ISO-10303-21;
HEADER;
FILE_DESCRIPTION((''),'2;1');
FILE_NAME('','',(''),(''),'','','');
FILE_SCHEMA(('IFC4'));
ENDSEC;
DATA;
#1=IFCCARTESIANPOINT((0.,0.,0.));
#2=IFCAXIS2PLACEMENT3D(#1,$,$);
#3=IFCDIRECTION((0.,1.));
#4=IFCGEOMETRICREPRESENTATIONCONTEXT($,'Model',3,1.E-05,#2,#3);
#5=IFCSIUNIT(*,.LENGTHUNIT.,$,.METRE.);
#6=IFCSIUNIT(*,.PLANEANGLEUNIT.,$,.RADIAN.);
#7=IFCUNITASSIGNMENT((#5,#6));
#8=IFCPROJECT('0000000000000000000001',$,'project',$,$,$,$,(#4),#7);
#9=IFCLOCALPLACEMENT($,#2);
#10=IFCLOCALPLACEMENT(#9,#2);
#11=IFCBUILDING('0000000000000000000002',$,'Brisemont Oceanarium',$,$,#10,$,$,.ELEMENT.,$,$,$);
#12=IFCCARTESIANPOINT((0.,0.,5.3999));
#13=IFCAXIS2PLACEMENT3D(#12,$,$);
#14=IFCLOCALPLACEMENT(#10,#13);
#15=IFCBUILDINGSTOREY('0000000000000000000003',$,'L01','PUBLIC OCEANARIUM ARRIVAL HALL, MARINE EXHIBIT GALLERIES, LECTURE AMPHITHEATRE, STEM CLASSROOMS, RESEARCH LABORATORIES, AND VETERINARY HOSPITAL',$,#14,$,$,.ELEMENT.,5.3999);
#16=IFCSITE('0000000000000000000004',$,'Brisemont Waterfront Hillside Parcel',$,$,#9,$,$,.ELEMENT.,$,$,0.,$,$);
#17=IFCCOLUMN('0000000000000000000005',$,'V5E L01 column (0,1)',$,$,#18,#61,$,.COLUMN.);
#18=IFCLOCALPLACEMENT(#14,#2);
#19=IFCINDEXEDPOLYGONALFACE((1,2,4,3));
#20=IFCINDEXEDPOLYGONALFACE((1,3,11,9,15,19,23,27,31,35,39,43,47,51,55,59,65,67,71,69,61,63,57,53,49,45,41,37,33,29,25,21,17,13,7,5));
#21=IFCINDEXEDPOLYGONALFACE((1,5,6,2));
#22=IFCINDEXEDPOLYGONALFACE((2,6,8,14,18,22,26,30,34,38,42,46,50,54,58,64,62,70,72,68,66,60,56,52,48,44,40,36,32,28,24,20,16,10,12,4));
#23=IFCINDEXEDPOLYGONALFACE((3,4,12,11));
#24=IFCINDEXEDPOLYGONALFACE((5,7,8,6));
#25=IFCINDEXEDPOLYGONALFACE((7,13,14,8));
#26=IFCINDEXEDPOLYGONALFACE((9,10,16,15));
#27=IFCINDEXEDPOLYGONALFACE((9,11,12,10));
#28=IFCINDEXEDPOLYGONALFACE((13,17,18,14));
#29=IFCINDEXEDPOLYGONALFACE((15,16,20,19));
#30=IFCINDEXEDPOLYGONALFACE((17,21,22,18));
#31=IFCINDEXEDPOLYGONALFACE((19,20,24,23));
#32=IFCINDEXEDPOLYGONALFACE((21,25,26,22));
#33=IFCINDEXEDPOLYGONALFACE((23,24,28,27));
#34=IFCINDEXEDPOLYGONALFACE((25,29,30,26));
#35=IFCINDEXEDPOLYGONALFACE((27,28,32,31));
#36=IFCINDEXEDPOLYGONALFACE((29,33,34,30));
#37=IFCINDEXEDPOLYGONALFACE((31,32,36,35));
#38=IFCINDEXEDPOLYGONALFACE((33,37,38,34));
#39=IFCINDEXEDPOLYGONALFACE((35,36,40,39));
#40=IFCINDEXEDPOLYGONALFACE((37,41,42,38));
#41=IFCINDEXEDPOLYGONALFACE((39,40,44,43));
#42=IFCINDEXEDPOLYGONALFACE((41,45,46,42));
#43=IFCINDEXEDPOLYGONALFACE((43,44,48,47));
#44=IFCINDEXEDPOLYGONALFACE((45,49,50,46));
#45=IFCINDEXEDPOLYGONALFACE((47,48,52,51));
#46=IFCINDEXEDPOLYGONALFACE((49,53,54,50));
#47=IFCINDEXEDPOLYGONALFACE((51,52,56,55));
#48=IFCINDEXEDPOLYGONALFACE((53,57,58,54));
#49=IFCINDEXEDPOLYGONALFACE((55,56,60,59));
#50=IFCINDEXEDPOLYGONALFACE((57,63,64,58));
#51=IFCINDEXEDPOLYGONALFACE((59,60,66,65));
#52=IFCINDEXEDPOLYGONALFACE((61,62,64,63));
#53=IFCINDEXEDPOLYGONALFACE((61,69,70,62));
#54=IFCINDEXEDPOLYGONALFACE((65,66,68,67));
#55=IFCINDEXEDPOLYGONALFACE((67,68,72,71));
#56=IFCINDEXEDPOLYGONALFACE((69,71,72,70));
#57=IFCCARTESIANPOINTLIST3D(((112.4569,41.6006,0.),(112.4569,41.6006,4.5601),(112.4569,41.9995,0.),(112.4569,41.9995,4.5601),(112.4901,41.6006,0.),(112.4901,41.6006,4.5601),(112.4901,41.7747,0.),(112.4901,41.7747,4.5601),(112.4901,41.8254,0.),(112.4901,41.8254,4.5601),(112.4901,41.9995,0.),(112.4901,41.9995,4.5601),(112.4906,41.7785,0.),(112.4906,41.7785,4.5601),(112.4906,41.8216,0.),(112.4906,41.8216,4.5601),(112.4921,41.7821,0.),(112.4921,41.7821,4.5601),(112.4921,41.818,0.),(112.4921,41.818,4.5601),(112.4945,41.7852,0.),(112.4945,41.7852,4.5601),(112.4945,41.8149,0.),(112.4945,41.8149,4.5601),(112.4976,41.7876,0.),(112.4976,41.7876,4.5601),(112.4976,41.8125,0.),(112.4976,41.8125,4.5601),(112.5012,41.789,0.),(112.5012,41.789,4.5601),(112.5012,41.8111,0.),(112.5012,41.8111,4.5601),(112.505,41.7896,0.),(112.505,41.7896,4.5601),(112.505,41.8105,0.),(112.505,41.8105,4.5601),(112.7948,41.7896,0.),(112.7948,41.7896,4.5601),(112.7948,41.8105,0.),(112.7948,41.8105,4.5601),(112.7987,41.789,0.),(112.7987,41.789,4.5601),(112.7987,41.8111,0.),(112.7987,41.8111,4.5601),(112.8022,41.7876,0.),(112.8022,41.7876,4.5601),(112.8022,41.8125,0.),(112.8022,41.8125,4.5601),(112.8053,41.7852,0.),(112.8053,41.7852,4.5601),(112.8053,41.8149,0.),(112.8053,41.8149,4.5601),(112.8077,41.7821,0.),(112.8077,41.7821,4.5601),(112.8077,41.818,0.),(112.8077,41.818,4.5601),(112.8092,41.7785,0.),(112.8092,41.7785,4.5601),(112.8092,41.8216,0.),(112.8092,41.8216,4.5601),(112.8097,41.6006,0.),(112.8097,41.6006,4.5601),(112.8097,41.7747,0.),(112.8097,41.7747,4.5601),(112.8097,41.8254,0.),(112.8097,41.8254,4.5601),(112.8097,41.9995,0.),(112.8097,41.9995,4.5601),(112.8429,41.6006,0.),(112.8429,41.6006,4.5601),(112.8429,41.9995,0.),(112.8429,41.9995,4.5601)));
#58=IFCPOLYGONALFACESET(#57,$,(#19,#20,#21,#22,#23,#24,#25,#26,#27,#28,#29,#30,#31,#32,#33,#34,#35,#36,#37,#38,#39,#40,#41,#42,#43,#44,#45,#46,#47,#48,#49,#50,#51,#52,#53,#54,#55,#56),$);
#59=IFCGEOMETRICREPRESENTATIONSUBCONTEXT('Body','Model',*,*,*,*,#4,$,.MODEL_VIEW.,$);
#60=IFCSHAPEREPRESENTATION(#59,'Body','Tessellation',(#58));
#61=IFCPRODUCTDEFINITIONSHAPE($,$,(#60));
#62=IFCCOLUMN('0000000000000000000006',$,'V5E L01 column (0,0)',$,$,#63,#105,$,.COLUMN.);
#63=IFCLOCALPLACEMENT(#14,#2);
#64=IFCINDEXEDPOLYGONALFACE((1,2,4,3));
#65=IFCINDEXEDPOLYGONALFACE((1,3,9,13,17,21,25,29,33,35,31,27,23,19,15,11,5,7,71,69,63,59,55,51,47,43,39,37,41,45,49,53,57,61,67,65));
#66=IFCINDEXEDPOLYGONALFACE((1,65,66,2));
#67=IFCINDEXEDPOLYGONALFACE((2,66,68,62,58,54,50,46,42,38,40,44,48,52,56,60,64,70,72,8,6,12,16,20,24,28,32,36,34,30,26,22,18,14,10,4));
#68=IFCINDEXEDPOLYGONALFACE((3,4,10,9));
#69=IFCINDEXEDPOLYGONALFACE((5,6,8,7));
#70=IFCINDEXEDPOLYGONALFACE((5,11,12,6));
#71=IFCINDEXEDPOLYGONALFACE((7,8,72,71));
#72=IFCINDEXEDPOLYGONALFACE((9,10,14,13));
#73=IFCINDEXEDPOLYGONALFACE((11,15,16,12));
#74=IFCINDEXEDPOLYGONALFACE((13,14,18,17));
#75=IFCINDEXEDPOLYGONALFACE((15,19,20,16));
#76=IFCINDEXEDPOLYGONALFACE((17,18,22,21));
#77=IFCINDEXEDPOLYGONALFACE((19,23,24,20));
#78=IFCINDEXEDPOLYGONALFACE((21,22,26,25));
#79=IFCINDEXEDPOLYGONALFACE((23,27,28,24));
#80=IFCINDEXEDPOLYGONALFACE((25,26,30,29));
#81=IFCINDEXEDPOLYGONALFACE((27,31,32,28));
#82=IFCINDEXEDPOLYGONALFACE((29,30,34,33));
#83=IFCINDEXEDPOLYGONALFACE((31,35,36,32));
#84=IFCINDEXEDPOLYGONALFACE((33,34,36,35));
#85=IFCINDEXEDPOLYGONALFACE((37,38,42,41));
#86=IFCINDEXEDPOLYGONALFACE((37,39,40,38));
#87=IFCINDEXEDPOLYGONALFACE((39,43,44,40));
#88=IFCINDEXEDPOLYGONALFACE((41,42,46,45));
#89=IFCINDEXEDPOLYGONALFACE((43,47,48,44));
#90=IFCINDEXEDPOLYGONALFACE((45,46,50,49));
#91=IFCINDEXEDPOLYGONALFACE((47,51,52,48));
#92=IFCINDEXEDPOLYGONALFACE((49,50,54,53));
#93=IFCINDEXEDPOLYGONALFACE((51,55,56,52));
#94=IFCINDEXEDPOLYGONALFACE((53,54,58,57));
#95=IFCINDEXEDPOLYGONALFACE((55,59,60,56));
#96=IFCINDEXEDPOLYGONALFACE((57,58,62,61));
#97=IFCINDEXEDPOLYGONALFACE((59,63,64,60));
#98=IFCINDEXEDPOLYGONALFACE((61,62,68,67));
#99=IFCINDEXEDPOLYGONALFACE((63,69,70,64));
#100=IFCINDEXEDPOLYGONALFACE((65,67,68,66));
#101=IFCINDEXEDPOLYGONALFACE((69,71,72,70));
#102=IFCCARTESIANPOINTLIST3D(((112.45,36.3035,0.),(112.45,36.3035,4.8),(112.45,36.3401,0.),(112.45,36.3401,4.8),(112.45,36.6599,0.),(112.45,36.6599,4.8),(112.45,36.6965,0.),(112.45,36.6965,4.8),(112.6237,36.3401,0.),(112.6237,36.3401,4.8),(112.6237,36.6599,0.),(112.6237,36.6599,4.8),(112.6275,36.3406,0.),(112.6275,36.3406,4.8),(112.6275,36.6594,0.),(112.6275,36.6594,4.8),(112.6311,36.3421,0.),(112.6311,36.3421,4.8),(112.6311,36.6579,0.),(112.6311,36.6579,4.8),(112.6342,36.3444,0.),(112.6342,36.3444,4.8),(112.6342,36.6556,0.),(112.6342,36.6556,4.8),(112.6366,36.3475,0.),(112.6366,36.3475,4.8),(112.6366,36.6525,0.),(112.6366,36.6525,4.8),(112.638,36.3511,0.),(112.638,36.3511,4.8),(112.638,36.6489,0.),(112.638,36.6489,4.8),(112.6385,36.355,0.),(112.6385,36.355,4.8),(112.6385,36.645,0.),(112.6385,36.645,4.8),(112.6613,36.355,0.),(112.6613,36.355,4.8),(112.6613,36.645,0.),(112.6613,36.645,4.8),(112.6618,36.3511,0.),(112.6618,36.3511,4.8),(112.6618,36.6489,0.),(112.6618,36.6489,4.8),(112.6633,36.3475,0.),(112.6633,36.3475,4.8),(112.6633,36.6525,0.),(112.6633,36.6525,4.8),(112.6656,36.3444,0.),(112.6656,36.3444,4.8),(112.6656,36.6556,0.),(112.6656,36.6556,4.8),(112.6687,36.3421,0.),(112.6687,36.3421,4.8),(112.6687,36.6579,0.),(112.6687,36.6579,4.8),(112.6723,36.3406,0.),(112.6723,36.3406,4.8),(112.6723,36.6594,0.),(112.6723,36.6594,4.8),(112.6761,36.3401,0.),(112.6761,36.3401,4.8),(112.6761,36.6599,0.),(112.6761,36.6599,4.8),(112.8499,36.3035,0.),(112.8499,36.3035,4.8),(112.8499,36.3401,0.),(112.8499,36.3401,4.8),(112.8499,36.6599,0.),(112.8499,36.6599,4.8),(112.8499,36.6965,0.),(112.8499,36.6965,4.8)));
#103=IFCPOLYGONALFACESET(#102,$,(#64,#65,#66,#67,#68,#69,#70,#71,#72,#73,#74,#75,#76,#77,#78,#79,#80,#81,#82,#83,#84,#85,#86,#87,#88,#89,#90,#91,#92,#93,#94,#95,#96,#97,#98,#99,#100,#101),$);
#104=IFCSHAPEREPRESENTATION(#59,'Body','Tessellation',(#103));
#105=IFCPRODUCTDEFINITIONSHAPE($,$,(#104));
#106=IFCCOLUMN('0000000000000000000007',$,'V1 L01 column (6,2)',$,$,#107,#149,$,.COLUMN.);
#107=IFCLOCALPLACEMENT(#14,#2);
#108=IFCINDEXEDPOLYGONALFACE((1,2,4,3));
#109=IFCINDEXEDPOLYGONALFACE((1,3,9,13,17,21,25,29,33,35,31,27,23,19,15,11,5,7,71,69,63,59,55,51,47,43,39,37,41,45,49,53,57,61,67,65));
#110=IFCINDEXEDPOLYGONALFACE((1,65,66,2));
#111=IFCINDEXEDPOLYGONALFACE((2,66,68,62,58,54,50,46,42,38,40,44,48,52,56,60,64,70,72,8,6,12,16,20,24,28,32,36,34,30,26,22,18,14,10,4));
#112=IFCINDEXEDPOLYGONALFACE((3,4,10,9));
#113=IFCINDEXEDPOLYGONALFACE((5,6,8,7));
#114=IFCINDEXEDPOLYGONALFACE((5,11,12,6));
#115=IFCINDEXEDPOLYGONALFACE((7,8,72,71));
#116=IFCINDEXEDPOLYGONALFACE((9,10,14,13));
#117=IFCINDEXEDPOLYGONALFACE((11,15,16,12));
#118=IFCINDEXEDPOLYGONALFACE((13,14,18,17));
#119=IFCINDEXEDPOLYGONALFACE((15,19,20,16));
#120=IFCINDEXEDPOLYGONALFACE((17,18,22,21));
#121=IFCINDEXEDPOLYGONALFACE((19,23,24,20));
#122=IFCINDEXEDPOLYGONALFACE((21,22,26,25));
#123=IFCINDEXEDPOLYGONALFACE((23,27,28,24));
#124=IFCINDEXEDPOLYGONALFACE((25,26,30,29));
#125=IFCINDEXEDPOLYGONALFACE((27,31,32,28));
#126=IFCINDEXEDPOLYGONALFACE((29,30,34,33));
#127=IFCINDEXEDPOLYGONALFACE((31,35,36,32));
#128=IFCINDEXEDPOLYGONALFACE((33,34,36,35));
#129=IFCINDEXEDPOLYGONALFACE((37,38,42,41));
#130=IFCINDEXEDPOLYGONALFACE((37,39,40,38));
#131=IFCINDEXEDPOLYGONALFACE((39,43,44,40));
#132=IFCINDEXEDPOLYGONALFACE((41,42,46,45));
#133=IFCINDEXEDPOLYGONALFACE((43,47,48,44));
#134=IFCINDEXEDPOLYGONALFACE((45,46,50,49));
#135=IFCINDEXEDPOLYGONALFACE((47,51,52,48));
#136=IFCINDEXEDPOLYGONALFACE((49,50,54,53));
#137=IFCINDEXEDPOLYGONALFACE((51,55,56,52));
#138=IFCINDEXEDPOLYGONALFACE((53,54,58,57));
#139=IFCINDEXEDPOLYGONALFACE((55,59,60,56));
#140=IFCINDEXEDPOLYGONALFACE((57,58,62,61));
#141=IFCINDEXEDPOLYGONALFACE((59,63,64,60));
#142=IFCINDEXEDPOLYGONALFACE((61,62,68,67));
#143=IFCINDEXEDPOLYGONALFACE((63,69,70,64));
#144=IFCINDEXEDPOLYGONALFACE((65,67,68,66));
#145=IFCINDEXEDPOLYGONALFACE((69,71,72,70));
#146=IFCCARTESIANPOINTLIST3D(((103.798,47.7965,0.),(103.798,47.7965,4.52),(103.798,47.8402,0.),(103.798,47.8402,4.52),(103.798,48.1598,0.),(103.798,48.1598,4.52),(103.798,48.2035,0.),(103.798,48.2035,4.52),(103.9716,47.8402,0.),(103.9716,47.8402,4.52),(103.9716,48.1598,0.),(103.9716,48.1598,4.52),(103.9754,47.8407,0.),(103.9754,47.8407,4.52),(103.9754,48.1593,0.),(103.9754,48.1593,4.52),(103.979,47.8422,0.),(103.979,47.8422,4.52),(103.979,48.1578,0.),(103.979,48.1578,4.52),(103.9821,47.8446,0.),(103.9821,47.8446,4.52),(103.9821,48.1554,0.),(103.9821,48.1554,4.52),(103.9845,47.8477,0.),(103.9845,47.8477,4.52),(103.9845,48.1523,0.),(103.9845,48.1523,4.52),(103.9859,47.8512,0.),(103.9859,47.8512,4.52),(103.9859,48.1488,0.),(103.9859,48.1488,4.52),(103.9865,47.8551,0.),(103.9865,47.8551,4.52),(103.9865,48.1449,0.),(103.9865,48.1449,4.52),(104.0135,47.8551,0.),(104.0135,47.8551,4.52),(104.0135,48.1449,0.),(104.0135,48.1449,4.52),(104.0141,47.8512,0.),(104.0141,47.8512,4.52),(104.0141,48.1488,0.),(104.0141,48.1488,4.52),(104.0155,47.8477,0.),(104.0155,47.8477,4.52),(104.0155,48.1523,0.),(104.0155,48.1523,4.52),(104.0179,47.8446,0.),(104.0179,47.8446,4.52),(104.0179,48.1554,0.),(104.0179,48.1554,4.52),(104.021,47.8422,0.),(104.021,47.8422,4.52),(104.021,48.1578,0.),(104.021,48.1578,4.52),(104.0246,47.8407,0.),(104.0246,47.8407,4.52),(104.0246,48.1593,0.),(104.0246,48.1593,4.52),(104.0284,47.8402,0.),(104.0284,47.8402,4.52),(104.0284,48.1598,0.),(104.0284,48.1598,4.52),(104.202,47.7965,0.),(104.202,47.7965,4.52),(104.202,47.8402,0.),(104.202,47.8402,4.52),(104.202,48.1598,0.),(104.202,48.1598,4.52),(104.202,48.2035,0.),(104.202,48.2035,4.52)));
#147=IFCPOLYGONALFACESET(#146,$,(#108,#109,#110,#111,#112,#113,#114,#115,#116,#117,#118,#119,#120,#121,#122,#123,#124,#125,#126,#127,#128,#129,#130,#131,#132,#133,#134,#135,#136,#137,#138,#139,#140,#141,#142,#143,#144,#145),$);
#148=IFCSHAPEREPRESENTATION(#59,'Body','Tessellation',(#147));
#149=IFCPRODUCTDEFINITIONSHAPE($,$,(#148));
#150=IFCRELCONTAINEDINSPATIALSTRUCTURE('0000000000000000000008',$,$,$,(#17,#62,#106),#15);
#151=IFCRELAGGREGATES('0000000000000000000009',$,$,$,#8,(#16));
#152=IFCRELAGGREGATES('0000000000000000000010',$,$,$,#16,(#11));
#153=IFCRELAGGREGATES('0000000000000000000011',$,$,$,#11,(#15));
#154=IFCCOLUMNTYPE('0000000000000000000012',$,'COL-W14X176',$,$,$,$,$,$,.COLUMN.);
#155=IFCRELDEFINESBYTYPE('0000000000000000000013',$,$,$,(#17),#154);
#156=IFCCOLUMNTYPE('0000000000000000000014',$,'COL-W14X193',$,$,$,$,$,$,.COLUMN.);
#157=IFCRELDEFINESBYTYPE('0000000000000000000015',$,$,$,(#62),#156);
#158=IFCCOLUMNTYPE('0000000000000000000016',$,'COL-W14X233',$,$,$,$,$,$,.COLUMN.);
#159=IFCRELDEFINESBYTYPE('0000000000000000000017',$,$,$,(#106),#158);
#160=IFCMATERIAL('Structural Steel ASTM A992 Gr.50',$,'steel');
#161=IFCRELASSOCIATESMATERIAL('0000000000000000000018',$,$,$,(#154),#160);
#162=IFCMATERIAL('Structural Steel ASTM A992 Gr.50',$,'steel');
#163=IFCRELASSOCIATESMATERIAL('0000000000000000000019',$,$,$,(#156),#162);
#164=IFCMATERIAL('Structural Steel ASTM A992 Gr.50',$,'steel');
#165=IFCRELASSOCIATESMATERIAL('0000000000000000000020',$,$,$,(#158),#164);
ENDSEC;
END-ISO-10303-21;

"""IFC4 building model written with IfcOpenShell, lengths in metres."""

from ifc_helpers import new_model, si_unit, direction, frame, origin, origin_2d, place, context, subcontext, project, spatial, i_section, extrude, material, material_profile, profile_set, type_object, element, save


model = new_model("IFC4")

# Units and contexts
model_context = context("Model", 3, precision=1e-05, world=origin(), true_north=direction((0.0, 1.0)))
body_context = subcontext(model_context, "Body", "Model", "MODEL_VIEW")
ifc_project = project(units=[si_unit("LENGTHUNIT", "METRE"), si_unit("PLANEANGLEUNIT", "RADIAN")], contexts=[model_context])

# Site, building, storey
site_placement = place(None, origin())
site = spatial("IfcSite", under=ifc_project, at=site_placement, Name="Brisemont Waterfront Hillside Parcel", CompositionType="ELEMENT", RefElevation=0.0)
building_placement = place(site_placement, origin())
building = spatial("IfcBuilding", under=site, at=building_placement, Name="Brisemont Oceanarium", CompositionType="ELEMENT")
storey_placement = place(building_placement, frame((0.0, 0.0, 5.3999)))
storey = spatial("IfcBuildingStorey", under=building, at=storey_placement, Name="L01", Description="PUBLIC OCEANARIUM ARRIVAL HALL, MARINE EXHIBIT GALLERIES, LECTURE AMPHITHEATRE, STEM CLASSROOMS, RESEARCH LABORATORIES, AND VETERINARY HOSPITAL", CompositionType="ELEMENT", Elevation=5.3999)

# Columns
ifc_material_1 = material(Name="Structural Steel ASTM A992 Gr.50", Category="steel")
ifc_material_profile_1 = material_profile(ifc_material_1, i_section(OverallWidth=0.3989, OverallDepth=0.386, WebThickness=0.021, FlangeThickness=0.0332, FilletRadius=0.0149, at=origin_2d()), Name="W14X176")
ifc_profile_set_1 = profile_set([ifc_material_profile_1], Name="Structural Steel ASTM A992 Gr.50")
column_type_1 = type_object("IfcColumnType", Name="COL-W14X176", PredefinedType="COLUMN", material=ifc_profile_set_1)
column_1_placement = place(storey_placement, frame((112.6499, 41.8, 0.0), z_axis=(0.0, 0.0, 1.0), x_axis=(0.0, 1.0, 0.0)))
element("IfcColumn", 1, at=column_1_placement, inside=storey, type_object=column_type_1, Name="V5E L01 column (0,1)", PredefinedType="COLUMN", context=body_context, shape_type="SweptSolid", body=[
    extrude(i_section(OverallWidth=0.3989, OverallDepth=0.386, WebThickness=0.021, FlangeThickness=0.0332, FilletRadius=0.0149, at=origin_2d()), origin(), (0.0, 0.0, 1.0), 4.5601),
])
ifc_material_2 = material(Name="Structural Steel ASTM A992 Gr.50", Category="steel")
ifc_material_profile_2 = material_profile(ifc_material_2, i_section(OverallWidth=0.3999, OverallDepth=0.3931, WebThickness=0.0227, FlangeThickness=0.0366, FilletRadius=0.0149, at=origin_2d()), Name="W14X193")
ifc_profile_set_2 = profile_set([ifc_material_profile_2], Name="Structural Steel ASTM A992 Gr.50")
column_type_2 = type_object("IfcColumnType", Name="COL-W14X193", PredefinedType="COLUMN", material=ifc_profile_set_2)
column_2_placement = place(storey_placement, frame((112.6499, 36.5, 0.0), z_axis=(0.0, 0.0, 1.0), x_axis=(1.0, 0.0, 0.0)))
element("IfcColumn", 2, at=column_2_placement, inside=storey, type_object=column_type_2, Name="V5E L01 column (0,0)", PredefinedType="COLUMN", context=body_context, shape_type="SweptSolid", body=[
    extrude(i_section(OverallWidth=0.3999, OverallDepth=0.3931, WebThickness=0.0227, FlangeThickness=0.0366, FilletRadius=0.0149, at=origin_2d()), origin(), (0.0, 0.0, 1.0), 4.8),
])
ifc_material_3 = material(Name="Structural Steel ASTM A992 Gr.50", Category="steel")
ifc_material_profile_3 = material_profile(ifc_material_3, i_section(OverallWidth=0.4041, OverallDepth=0.407, WebThickness=0.0271, FlangeThickness=0.0437, FilletRadius=0.0149, at=origin_2d()), Name="W14X233")
ifc_profile_set_3 = profile_set([ifc_material_profile_3], Name="Structural Steel ASTM A992 Gr.50")
column_type_3 = type_object("IfcColumnType", Name="COL-W14X233", PredefinedType="COLUMN", material=ifc_profile_set_3)
column_3_placement = place(storey_placement, frame((104.0, 48.0, 0.0), z_axis=(0.0, 0.0, 1.0), x_axis=(1.0, 0.0, 0.0)))
element("IfcColumn", 3, at=column_3_placement, inside=storey, type_object=column_type_3, Name="V1 L01 column (6,2)", PredefinedType="COLUMN", context=body_context, shape_type="SweptSolid", body=[
    extrude(i_section(OverallWidth=0.4041, OverallDepth=0.407, WebThickness=0.0271, FlangeThickness=0.0437, FilletRadius=0.0149, at=origin_2d()), origin(), (0.0, 0.0, 1.0), 4.52),
])

save(model, "model.ifc")
